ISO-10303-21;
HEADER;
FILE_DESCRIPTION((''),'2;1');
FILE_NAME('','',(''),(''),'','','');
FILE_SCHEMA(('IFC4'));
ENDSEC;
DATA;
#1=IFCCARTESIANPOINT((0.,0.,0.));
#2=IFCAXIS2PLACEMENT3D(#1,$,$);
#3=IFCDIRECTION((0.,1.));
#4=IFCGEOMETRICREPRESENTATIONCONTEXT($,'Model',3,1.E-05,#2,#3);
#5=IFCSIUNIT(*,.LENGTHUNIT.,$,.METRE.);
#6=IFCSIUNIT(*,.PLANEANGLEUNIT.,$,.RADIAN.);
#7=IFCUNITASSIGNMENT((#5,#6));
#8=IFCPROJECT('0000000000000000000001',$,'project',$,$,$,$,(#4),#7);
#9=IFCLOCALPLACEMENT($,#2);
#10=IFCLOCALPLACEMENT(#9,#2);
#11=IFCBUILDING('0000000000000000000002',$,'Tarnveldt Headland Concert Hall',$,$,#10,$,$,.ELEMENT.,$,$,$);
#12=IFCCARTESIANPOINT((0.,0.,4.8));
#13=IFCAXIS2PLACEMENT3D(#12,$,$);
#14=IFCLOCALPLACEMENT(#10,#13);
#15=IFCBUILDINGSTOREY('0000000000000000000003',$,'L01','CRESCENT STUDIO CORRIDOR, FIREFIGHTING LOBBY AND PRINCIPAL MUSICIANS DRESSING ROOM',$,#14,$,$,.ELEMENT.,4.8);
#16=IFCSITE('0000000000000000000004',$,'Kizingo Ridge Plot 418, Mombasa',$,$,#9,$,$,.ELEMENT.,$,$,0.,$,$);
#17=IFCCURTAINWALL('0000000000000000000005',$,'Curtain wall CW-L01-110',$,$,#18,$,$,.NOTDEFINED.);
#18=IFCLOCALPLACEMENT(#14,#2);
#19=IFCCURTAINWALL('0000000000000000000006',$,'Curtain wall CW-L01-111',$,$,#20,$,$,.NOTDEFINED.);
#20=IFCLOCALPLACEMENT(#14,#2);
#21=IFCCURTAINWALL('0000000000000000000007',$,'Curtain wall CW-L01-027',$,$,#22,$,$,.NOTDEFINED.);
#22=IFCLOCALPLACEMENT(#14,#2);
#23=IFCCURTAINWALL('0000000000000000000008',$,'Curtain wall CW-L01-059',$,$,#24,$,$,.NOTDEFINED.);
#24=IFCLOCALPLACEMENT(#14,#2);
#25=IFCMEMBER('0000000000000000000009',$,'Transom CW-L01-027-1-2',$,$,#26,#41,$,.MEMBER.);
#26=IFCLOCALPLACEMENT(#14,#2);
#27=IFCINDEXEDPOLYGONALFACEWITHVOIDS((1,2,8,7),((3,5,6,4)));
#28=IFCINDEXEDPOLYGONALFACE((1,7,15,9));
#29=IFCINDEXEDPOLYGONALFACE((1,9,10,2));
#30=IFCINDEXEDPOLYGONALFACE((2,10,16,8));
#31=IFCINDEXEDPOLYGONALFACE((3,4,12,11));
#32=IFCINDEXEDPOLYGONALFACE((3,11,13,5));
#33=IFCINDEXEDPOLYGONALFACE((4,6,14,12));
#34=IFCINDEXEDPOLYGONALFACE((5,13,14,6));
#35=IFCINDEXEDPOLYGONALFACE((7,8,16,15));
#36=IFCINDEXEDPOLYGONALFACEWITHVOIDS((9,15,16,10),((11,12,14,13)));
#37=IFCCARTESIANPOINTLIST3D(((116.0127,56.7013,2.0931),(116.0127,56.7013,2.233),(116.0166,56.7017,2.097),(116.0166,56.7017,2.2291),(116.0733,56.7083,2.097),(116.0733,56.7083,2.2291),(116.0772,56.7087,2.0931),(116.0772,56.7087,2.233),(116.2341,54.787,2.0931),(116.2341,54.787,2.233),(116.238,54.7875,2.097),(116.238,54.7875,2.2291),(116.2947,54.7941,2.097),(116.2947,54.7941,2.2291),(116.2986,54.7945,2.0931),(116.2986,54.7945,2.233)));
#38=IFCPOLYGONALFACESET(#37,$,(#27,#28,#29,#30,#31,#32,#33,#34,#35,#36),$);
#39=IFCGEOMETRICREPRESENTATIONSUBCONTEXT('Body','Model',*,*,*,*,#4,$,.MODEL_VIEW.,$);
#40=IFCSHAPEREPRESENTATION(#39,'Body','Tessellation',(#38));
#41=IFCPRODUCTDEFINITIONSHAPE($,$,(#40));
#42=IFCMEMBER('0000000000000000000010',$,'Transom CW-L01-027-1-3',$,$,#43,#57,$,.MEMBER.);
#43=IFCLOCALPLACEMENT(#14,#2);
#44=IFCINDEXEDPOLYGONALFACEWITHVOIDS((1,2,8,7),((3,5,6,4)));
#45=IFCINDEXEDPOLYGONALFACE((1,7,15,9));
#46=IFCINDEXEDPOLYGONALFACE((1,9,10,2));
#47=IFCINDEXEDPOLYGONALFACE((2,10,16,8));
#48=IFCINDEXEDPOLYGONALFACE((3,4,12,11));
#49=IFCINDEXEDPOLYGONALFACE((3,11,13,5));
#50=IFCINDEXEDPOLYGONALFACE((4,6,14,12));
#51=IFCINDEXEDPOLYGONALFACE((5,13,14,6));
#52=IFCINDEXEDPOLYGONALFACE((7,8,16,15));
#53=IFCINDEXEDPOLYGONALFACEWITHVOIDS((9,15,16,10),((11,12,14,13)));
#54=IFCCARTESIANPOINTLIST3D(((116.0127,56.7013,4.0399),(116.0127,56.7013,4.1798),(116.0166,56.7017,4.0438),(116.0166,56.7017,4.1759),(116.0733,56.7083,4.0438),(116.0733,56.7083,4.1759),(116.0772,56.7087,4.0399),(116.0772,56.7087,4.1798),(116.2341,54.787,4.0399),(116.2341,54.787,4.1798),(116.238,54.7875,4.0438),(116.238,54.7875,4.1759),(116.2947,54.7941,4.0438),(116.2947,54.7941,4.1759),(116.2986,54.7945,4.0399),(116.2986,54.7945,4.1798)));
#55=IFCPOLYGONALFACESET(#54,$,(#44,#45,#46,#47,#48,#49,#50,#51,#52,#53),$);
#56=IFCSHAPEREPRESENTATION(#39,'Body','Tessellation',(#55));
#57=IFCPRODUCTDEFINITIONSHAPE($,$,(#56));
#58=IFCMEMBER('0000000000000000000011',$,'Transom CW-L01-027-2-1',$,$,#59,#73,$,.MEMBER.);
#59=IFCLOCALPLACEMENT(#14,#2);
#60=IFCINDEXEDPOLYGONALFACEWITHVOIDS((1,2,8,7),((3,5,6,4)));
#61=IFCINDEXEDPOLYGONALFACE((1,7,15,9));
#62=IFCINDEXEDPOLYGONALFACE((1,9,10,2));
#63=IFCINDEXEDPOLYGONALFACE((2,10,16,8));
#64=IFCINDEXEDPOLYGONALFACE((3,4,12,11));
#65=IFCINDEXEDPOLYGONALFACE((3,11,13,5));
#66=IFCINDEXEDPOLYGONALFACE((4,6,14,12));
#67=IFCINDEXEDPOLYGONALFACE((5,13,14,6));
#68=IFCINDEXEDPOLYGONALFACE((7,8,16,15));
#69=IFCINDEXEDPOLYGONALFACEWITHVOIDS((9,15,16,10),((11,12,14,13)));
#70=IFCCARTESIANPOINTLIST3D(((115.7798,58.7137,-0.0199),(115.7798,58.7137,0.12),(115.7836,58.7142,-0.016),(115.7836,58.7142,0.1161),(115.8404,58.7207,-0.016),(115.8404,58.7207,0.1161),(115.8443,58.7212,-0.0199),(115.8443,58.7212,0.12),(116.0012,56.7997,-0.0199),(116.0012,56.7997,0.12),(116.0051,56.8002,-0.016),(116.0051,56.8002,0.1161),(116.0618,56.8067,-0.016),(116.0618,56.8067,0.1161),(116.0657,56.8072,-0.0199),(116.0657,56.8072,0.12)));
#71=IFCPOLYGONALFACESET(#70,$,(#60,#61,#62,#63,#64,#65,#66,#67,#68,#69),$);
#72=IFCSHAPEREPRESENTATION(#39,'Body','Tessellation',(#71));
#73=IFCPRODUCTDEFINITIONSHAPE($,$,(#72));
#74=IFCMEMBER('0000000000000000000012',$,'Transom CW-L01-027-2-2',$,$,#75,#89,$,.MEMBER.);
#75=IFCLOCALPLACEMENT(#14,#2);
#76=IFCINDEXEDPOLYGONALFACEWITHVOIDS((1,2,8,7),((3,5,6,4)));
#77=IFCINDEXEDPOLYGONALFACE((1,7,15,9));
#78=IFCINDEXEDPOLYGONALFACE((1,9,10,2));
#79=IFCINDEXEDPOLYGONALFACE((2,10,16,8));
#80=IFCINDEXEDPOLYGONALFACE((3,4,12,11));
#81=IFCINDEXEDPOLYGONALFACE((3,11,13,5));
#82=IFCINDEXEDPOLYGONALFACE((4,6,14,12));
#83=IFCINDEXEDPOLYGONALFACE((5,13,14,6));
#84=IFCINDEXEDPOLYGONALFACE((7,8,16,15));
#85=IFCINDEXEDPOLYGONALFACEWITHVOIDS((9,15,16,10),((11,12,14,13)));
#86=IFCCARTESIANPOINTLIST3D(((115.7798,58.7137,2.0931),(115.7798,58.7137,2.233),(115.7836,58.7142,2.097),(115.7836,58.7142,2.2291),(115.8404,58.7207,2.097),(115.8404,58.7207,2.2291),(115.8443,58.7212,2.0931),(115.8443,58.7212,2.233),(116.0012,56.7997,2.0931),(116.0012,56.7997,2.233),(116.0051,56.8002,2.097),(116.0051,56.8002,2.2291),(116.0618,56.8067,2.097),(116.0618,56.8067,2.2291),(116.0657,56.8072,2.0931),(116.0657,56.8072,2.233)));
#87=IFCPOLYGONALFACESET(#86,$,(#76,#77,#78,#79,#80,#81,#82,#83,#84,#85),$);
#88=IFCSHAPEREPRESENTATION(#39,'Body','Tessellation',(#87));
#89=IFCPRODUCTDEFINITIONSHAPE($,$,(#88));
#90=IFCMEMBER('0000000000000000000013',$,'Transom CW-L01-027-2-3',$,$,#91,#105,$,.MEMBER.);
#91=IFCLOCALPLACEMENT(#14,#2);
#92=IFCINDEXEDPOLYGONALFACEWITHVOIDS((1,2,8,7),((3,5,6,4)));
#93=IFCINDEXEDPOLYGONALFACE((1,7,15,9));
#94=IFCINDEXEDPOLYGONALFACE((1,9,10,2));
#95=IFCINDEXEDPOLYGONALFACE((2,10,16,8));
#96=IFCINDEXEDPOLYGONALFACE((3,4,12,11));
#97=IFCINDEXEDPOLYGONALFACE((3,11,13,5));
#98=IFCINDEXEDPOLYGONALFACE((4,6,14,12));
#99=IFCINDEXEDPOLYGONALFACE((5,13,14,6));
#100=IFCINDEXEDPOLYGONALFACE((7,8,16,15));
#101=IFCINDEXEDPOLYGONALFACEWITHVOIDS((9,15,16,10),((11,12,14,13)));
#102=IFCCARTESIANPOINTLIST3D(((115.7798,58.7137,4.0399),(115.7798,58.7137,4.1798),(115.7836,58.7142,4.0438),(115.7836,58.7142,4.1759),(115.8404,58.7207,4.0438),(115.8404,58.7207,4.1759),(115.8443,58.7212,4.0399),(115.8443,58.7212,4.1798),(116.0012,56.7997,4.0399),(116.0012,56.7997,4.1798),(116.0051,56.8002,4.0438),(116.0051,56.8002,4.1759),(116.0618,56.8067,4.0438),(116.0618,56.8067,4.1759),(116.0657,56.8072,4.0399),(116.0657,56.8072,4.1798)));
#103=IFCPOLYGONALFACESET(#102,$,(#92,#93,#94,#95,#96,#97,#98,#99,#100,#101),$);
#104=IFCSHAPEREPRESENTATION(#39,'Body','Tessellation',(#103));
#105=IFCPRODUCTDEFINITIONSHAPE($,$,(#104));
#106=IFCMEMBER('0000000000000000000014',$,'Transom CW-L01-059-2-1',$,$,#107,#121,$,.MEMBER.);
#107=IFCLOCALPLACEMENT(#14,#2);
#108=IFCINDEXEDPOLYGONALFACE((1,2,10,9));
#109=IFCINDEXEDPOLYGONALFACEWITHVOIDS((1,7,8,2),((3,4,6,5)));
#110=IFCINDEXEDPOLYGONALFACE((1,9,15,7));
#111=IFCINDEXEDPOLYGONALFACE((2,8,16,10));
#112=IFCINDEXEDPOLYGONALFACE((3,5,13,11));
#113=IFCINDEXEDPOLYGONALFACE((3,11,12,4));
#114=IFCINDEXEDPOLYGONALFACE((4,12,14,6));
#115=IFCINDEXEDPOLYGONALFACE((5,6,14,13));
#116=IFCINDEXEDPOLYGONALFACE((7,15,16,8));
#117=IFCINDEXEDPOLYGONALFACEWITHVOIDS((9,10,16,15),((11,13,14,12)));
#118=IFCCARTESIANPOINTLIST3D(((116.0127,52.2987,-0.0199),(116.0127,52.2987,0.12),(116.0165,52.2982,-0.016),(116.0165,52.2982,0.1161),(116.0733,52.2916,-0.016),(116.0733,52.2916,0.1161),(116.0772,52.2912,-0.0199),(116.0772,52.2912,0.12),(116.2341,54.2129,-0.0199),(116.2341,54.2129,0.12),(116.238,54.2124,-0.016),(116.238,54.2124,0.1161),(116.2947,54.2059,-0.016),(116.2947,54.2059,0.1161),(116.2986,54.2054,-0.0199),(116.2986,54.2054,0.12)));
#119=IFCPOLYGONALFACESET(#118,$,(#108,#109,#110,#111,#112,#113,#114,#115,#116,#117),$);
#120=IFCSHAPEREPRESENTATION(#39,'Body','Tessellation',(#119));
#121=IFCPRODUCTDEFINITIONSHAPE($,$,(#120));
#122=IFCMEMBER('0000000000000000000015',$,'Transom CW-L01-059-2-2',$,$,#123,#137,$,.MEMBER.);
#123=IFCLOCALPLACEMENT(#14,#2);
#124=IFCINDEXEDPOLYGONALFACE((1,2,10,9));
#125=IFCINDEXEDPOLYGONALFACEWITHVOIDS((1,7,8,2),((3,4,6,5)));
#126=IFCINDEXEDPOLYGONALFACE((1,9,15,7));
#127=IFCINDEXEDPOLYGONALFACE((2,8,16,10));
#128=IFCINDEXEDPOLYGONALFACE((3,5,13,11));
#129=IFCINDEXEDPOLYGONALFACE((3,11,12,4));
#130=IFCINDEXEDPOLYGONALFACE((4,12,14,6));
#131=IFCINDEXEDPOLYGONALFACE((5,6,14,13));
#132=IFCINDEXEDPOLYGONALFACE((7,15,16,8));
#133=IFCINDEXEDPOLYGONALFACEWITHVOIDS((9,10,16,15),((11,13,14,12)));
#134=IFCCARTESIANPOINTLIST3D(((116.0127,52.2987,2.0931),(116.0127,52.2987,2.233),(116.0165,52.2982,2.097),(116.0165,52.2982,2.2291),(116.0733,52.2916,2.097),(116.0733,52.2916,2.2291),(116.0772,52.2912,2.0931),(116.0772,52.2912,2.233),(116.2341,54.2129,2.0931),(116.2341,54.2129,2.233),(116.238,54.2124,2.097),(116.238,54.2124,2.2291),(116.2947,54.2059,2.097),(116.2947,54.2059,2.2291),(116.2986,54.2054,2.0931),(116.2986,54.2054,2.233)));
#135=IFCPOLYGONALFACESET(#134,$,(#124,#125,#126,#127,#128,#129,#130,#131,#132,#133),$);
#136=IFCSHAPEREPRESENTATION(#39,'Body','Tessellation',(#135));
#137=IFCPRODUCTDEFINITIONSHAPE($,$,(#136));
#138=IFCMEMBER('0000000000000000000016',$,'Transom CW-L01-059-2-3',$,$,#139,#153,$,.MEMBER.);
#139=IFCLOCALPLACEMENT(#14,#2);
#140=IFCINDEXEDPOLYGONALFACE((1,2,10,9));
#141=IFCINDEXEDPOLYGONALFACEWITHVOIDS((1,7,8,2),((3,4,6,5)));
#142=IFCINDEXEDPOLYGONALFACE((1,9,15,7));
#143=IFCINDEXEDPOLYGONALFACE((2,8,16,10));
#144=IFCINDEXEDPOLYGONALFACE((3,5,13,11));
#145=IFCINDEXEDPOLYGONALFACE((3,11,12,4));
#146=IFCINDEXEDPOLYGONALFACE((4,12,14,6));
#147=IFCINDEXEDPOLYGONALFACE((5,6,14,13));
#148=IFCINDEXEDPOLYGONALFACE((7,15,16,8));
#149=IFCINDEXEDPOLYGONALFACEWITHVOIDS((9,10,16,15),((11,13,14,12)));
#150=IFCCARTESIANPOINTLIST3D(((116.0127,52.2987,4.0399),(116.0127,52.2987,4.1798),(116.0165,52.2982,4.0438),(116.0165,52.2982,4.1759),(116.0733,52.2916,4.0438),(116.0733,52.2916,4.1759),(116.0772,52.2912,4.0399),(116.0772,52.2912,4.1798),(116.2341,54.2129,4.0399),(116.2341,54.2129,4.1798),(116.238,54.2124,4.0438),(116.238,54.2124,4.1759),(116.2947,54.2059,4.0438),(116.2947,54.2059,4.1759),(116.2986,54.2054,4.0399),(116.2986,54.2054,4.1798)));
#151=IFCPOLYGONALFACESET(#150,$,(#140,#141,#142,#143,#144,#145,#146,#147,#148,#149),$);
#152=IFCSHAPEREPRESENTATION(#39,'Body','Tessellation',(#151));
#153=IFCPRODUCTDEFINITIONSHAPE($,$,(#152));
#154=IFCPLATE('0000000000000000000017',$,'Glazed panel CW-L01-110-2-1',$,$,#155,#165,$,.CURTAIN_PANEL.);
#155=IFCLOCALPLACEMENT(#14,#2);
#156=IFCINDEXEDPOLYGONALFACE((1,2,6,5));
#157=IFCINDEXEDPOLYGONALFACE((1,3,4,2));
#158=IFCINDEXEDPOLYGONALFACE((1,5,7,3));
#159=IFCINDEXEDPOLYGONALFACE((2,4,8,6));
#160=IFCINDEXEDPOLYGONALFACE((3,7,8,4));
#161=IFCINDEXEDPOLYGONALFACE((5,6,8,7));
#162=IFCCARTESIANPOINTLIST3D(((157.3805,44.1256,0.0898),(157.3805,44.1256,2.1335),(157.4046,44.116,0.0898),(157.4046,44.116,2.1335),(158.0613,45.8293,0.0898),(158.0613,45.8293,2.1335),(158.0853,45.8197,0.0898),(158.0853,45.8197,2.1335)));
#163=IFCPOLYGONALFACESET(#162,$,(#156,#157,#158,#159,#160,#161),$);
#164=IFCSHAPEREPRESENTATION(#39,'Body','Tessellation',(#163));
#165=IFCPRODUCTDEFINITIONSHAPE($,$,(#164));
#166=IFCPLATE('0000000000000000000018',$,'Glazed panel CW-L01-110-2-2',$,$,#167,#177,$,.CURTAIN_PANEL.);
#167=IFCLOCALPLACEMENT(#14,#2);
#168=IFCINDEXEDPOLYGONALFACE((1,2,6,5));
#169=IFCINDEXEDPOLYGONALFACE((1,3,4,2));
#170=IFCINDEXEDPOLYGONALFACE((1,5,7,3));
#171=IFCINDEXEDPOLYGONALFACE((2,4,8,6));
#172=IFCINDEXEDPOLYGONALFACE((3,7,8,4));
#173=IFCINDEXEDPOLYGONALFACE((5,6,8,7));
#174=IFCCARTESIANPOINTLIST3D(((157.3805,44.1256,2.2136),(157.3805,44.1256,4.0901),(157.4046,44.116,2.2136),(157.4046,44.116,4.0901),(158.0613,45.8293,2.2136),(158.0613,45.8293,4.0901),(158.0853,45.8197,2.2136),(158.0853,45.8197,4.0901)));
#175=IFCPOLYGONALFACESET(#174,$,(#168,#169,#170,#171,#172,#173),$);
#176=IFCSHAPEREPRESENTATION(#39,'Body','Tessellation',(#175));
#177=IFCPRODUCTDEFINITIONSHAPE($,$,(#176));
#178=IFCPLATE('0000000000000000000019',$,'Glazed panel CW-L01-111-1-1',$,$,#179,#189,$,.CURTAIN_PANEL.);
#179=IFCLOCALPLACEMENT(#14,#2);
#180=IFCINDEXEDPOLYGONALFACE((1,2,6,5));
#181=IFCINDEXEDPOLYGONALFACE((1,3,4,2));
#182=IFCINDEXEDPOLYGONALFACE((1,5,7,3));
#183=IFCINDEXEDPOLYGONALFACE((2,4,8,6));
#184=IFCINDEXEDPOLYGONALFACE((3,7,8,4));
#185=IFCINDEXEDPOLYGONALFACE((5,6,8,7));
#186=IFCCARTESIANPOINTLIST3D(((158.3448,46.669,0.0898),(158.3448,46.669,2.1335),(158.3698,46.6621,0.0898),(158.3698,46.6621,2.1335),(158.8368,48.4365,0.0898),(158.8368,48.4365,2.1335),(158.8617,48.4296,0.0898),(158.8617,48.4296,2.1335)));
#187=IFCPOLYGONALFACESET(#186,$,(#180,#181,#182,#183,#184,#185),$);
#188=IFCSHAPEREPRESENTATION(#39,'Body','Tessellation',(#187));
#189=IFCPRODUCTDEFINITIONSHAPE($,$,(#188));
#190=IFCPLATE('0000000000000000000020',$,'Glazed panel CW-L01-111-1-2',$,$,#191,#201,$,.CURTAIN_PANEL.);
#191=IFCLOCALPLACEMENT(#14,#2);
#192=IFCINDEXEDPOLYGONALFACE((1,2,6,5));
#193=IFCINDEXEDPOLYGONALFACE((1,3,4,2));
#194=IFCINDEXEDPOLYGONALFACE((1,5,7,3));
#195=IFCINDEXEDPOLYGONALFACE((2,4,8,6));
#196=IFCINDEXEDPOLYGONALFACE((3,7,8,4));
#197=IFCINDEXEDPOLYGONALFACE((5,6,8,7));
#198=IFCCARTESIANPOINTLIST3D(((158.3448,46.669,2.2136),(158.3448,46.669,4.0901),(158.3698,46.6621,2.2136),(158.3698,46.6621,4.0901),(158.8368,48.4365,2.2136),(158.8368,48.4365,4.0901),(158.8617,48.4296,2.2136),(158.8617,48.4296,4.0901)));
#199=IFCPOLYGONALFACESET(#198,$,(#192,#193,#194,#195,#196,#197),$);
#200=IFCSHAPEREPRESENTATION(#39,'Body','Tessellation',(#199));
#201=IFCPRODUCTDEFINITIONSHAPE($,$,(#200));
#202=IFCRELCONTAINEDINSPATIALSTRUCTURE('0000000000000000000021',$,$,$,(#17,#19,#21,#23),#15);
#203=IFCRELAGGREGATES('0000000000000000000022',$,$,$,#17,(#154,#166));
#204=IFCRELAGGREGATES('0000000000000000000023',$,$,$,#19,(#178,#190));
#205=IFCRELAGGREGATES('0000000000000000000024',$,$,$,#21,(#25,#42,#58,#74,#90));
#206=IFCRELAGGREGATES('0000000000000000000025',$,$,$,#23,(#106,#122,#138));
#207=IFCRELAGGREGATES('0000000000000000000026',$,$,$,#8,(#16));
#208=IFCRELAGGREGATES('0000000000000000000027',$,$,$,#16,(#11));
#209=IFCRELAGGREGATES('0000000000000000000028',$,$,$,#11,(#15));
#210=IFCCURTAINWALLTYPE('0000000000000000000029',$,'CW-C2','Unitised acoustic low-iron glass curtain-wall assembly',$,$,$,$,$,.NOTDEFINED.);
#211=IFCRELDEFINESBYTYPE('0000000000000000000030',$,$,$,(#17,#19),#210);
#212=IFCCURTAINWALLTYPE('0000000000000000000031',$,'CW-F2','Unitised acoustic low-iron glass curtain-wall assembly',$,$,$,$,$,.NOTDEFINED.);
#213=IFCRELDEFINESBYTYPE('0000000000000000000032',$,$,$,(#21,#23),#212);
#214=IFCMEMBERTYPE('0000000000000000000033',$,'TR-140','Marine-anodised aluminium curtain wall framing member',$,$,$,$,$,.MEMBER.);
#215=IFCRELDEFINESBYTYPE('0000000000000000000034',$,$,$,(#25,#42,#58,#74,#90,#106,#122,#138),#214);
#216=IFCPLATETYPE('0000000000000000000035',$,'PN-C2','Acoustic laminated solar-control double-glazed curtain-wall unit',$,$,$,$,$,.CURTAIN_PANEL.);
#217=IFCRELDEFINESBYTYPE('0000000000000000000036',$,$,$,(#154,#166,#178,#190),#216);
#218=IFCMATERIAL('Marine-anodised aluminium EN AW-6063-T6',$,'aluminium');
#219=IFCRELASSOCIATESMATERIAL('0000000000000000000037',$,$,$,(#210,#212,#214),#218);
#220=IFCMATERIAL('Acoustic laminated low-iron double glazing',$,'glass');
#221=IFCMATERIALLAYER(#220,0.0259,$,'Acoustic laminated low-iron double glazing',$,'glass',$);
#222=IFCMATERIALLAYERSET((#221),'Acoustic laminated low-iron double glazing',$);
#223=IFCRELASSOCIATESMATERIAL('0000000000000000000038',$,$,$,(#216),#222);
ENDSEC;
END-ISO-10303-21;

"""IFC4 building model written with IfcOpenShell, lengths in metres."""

from ifc_helpers import new_model, si_unit, direction, frame, origin, origin_2d, place, context, subcontext, project, spatial, rectangle, hollow_rectangle, extrude, material, layer, layer_set, material_profile, profile_set, type_object, element, aggregate, save


model = new_model("IFC4")

# Units and contexts
model_context = context("Model", 3, precision=1e-05, world=origin(), true_north=direction((0.0, 1.0)))
body_context = subcontext(model_context, "Body", "Model", "MODEL_VIEW")
ifc_project = project(units=[si_unit("LENGTHUNIT", "METRE"), si_unit("PLANEANGLEUNIT", "RADIAN")], contexts=[model_context])

# Site, building, storey
site_placement = place(None, origin())
site = spatial("IfcSite", under=ifc_project, at=site_placement, Name="Kizingo Ridge Plot 418, Mombasa", CompositionType="ELEMENT", RefElevation=0.0)
building_placement = place(site_placement, origin())
building = spatial("IfcBuilding", under=site, at=building_placement, Name="Tarnveldt Headland Concert Hall", CompositionType="ELEMENT")
storey_placement = place(building_placement, frame((0.0, 0.0, 4.8)))
storey = spatial("IfcBuildingStorey", under=building, at=storey_placement, Name="L01", Description="CRESCENT STUDIO CORRIDOR, FIREFIGHTING LOBBY AND PRINCIPAL MUSICIANS DRESSING ROOM", CompositionType="ELEMENT", Elevation=4.8)

# Curtain walls
ifc_material_1 = material(Name="Marine-anodised aluminium EN AW-6063-T6", Category="aluminium")
curtain_wall_type_1 = type_object("IfcCurtainWallType", Name="CW-C2", Description="Unitised acoustic low-iron glass curtain-wall assembly", PredefinedType="NOTDEFINED", material=ifc_material_1)
curtain_wall_1_placement = place(storey_placement, origin())
curtain_wall_1 = element("IfcCurtainWall", 1, at=curtain_wall_1_placement, inside=storey, type_object=curtain_wall_type_1, Name="Curtain wall CW-L01-110", PredefinedType="NOTDEFINED")
curtain_wall_2_placement = place(storey_placement, origin())
curtain_wall_2 = element("IfcCurtainWall", 2, at=curtain_wall_2_placement, inside=storey, type_object=curtain_wall_type_1, Name="Curtain wall CW-L01-111", PredefinedType="NOTDEFINED")

# Curtain walls
curtain_wall_type_2 = type_object("IfcCurtainWallType", Name="CW-F2", Description="Unitised acoustic low-iron glass curtain-wall assembly", PredefinedType="NOTDEFINED", material=ifc_material_1)
curtain_wall_3_placement = place(storey_placement, origin())
curtain_wall_3 = element("IfcCurtainWall", 3, at=curtain_wall_3_placement, inside=storey, type_object=curtain_wall_type_2, Name="Curtain wall CW-L01-027", PredefinedType="NOTDEFINED")
curtain_wall_4_placement = place(storey_placement, origin())
curtain_wall_4 = element("IfcCurtainWall", 4, at=curtain_wall_4_placement, inside=storey, type_object=curtain_wall_type_2, Name="Curtain wall CW-L01-059", PredefinedType="NOTDEFINED")

# Members
ifc_material_profile_1 = material_profile(ifc_material_1, hollow_rectangle(XDim=0.0649, YDim=0.1399, WallThickness=0.0039, at=origin_2d()), Name="ALU TRANSOM 65x140x4", Category="aluminium")
ifc_profile_set_1 = profile_set([ifc_material_profile_1], Name="Marine-anodised aluminium EN AW-6063-T6")
member_type_1 = type_object("IfcMemberType", Name="TR-140", Description="Marine-anodised aluminium curtain wall framing member", PredefinedType="MEMBER", material=ifc_profile_set_1)
member_1_placement = place(storey_placement, frame((116.2664, 54.7908, 2.1631), z_axis=(-0.114908, 0.993376, 0.0), x_axis=(-0.993376, -0.114908, 0.0)))
member_1 = element("IfcMember", 5, at=member_1_placement, type_object=member_type_1, Name="Transom CW-L01-027-1-2", PredefinedType="MEMBER", context=body_context, shape_type="SweptSolid", body=[
    extrude(hollow_rectangle(XDim=0.0649, YDim=0.1399, WallThickness=0.0039, at=origin_2d()), origin(), (0.0, 0.0, 1.0), 1.927),
])
member_2_placement = place(storey_placement, frame((116.2664, 54.7908, 4.1099), z_axis=(-0.114908, 0.993376, 0.0), x_axis=(-0.993376, -0.114908, 0.0)))
member_2 = element("IfcMember", 6, at=member_2_placement, type_object=member_type_1, Name="Transom CW-L01-027-1-3", PredefinedType="MEMBER", context=body_context, shape_type="SweptSolid", body=[
    extrude(hollow_rectangle(XDim=0.0649, YDim=0.1399, WallThickness=0.0039, at=origin_2d()), origin(), (0.0, 0.0, 1.0), 1.927),
])
member_3_placement = place(storey_placement, frame((116.0334, 56.8035, 0.05), z_axis=(-0.114922, 0.993374, 0.0), x_axis=(-0.993374, -0.114922, 0.0)))
member_3 = element("IfcMember", 7, at=member_3_placement, type_object=member_type_1, Name="Transom CW-L01-027-2-1", PredefinedType="MEMBER", context=body_context, shape_type="SweptSolid", body=[
    extrude(hollow_rectangle(XDim=0.0649, YDim=0.1399, WallThickness=0.0039, at=origin_2d()), origin(), (0.0, 0.0, 1.0), 1.9268),
])
member_4_placement = place(storey_placement, frame((116.0334, 56.8035, 2.1631), z_axis=(-0.114922, 0.993374, 0.0), x_axis=(-0.993374, -0.114922, 0.0)))
member_4 = element("IfcMember", 8, at=member_4_placement, type_object=member_type_1, Name="Transom CW-L01-027-2-2", PredefinedType="MEMBER", context=body_context, shape_type="SweptSolid", body=[
    extrude(hollow_rectangle(XDim=0.0649, YDim=0.1399, WallThickness=0.0039, at=origin_2d()), origin(), (0.0, 0.0, 1.0), 1.9268),
])
member_5_placement = place(storey_placement, frame((116.0334, 56.8035, 4.1099), z_axis=(-0.114922, 0.993374, 0.0), x_axis=(-0.993374, -0.114922, 0.0)))
member_5 = element("IfcMember", 9, at=member_5_placement, type_object=member_type_1, Name="Transom CW-L01-027-2-3", PredefinedType="MEMBER", context=body_context, shape_type="SweptSolid", body=[
    extrude(hollow_rectangle(XDim=0.0649, YDim=0.1399, WallThickness=0.0039, at=origin_2d()), origin(), (0.0, 0.0, 1.0), 1.9268),
])
member_6_placement = place(storey_placement, frame((116.0449, 52.2949, 0.05), z_axis=(0.114908, 0.993376, 0.0), x_axis=(-0.993376, 0.114908, 0.0)))
member_6 = element("IfcMember", 10, at=member_6_placement, type_object=member_type_1, Name="Transom CW-L01-059-2-1", PredefinedType="MEMBER", context=body_context, shape_type="SweptSolid", body=[
    extrude(hollow_rectangle(XDim=0.0649, YDim=0.1399, WallThickness=0.0039, at=origin_2d()), origin(), (0.0, 0.0, 1.0), 1.927),
])
member_7_placement = place(storey_placement, frame((116.0449, 52.2949, 2.1631), z_axis=(0.114908, 0.993376, 0.0), x_axis=(-0.993376, 0.114908, 0.0)))
member_7 = element("IfcMember", 11, at=member_7_placement, type_object=member_type_1, Name="Transom CW-L01-059-2-2", PredefinedType="MEMBER", context=body_context, shape_type="SweptSolid", body=[
    extrude(hollow_rectangle(XDim=0.0649, YDim=0.1399, WallThickness=0.0039, at=origin_2d()), origin(), (0.0, 0.0, 1.0), 1.927),
])
member_8_placement = place(storey_placement, frame((116.0449, 52.2949, 4.1099), z_axis=(0.114908, 0.993376, 0.0), x_axis=(-0.993376, 0.114908, 0.0)))
member_8 = element("IfcMember", 12, at=member_8_placement, type_object=member_type_1, Name="Transom CW-L01-059-2-3", PredefinedType="MEMBER", context=body_context, shape_type="SweptSolid", body=[
    extrude(hollow_rectangle(XDim=0.0649, YDim=0.1399, WallThickness=0.0039, at=origin_2d()), origin(), (0.0, 0.0, 1.0), 1.927),
])

# Plates
ifc_material_2 = material(Name="Acoustic laminated low-iron double glazing", Category="glass")
ifc_layer_1 = layer(ifc_material_2, 0.0259, Name="Acoustic laminated low-iron double glazing", Category="glass")
ifc_layer_set_1 = layer_set([ifc_layer_1], Name="Acoustic laminated low-iron double glazing")
plate_type_1 = type_object("IfcPlateType", Name="PN-C2", Description="Acoustic laminated solar-control double-glazed curtain-wall unit", PredefinedType="CURTAIN_PANEL", material=ifc_layer_set_1)
plate_1_placement = place(storey_placement, frame((157.7329, 44.9727, 0.0898), z_axis=(0.0, 0.0, 1.0), x_axis=(0.371028, 0.928622, 0.0)))
plate_1 = element("IfcPlate", 13, at=plate_1_placement, type_object=plate_type_1, Name="Glazed panel CW-L01-110-2-1", PredefinedType="CURTAIN_PANEL", context=body_context, shape_type="SweptSolid", body=[
    extrude(rectangle(XDim=1.8347, YDim=0.0259, at=origin_2d()), origin(), (0.0, 0.0, 1.0), 2.0437),
])
plate_2_placement = place(storey_placement, frame((157.7329, 44.9727, 2.2136), z_axis=(0.0, 0.0, 1.0), x_axis=(0.371028, 0.928622, 0.0)))
plate_2 = element("IfcPlate", 14, at=plate_2_placement, type_object=plate_type_1, Name="Glazed panel CW-L01-110-2-2", PredefinedType="CURTAIN_PANEL", context=body_context, shape_type="SweptSolid", body=[
    extrude(rectangle(XDim=1.8347, YDim=0.0259, at=origin_2d()), origin(), (0.0, 0.0, 1.0), 1.8765),
])
aggregate(curtain_wall_1, [plate_1, plate_2])
plate_3_placement = place(storey_placement, frame((158.6033, 47.5493, 0.0898), z_axis=(0.0, 0.0, 1.0), x_axis=(0.268146, 0.963378, 0.0)))
plate_3 = element("IfcPlate", 15, at=plate_3_placement, type_object=plate_type_1, Name="Glazed panel CW-L01-111-1-1", PredefinedType="CURTAIN_PANEL", context=body_context, shape_type="SweptSolid", body=[
    extrude(rectangle(XDim=1.8347, YDim=0.0259, at=origin_2d()), origin(), (0.0, 0.0, 1.0), 2.0437),
])
plate_4_placement = place(storey_placement, frame((158.6033, 47.5493, 2.2136), z_axis=(0.0, 0.0, 1.0), x_axis=(0.268146, 0.963378, 0.0)))
plate_4 = element("IfcPlate", 16, at=plate_4_placement, type_object=plate_type_1, Name="Glazed panel CW-L01-111-1-2", PredefinedType="CURTAIN_PANEL", context=body_context, shape_type="SweptSolid", body=[
    extrude(rectangle(XDim=1.8347, YDim=0.0259, at=origin_2d()), origin(), (0.0, 0.0, 1.0), 1.8765),
])
aggregate(curtain_wall_2, [plate_3, plate_4])
aggregate(curtain_wall_3, [member_1, member_2, member_3, member_4, member_5])
aggregate(curtain_wall_4, [member_6, member_7, member_8])

save(model, "model.ifc")
